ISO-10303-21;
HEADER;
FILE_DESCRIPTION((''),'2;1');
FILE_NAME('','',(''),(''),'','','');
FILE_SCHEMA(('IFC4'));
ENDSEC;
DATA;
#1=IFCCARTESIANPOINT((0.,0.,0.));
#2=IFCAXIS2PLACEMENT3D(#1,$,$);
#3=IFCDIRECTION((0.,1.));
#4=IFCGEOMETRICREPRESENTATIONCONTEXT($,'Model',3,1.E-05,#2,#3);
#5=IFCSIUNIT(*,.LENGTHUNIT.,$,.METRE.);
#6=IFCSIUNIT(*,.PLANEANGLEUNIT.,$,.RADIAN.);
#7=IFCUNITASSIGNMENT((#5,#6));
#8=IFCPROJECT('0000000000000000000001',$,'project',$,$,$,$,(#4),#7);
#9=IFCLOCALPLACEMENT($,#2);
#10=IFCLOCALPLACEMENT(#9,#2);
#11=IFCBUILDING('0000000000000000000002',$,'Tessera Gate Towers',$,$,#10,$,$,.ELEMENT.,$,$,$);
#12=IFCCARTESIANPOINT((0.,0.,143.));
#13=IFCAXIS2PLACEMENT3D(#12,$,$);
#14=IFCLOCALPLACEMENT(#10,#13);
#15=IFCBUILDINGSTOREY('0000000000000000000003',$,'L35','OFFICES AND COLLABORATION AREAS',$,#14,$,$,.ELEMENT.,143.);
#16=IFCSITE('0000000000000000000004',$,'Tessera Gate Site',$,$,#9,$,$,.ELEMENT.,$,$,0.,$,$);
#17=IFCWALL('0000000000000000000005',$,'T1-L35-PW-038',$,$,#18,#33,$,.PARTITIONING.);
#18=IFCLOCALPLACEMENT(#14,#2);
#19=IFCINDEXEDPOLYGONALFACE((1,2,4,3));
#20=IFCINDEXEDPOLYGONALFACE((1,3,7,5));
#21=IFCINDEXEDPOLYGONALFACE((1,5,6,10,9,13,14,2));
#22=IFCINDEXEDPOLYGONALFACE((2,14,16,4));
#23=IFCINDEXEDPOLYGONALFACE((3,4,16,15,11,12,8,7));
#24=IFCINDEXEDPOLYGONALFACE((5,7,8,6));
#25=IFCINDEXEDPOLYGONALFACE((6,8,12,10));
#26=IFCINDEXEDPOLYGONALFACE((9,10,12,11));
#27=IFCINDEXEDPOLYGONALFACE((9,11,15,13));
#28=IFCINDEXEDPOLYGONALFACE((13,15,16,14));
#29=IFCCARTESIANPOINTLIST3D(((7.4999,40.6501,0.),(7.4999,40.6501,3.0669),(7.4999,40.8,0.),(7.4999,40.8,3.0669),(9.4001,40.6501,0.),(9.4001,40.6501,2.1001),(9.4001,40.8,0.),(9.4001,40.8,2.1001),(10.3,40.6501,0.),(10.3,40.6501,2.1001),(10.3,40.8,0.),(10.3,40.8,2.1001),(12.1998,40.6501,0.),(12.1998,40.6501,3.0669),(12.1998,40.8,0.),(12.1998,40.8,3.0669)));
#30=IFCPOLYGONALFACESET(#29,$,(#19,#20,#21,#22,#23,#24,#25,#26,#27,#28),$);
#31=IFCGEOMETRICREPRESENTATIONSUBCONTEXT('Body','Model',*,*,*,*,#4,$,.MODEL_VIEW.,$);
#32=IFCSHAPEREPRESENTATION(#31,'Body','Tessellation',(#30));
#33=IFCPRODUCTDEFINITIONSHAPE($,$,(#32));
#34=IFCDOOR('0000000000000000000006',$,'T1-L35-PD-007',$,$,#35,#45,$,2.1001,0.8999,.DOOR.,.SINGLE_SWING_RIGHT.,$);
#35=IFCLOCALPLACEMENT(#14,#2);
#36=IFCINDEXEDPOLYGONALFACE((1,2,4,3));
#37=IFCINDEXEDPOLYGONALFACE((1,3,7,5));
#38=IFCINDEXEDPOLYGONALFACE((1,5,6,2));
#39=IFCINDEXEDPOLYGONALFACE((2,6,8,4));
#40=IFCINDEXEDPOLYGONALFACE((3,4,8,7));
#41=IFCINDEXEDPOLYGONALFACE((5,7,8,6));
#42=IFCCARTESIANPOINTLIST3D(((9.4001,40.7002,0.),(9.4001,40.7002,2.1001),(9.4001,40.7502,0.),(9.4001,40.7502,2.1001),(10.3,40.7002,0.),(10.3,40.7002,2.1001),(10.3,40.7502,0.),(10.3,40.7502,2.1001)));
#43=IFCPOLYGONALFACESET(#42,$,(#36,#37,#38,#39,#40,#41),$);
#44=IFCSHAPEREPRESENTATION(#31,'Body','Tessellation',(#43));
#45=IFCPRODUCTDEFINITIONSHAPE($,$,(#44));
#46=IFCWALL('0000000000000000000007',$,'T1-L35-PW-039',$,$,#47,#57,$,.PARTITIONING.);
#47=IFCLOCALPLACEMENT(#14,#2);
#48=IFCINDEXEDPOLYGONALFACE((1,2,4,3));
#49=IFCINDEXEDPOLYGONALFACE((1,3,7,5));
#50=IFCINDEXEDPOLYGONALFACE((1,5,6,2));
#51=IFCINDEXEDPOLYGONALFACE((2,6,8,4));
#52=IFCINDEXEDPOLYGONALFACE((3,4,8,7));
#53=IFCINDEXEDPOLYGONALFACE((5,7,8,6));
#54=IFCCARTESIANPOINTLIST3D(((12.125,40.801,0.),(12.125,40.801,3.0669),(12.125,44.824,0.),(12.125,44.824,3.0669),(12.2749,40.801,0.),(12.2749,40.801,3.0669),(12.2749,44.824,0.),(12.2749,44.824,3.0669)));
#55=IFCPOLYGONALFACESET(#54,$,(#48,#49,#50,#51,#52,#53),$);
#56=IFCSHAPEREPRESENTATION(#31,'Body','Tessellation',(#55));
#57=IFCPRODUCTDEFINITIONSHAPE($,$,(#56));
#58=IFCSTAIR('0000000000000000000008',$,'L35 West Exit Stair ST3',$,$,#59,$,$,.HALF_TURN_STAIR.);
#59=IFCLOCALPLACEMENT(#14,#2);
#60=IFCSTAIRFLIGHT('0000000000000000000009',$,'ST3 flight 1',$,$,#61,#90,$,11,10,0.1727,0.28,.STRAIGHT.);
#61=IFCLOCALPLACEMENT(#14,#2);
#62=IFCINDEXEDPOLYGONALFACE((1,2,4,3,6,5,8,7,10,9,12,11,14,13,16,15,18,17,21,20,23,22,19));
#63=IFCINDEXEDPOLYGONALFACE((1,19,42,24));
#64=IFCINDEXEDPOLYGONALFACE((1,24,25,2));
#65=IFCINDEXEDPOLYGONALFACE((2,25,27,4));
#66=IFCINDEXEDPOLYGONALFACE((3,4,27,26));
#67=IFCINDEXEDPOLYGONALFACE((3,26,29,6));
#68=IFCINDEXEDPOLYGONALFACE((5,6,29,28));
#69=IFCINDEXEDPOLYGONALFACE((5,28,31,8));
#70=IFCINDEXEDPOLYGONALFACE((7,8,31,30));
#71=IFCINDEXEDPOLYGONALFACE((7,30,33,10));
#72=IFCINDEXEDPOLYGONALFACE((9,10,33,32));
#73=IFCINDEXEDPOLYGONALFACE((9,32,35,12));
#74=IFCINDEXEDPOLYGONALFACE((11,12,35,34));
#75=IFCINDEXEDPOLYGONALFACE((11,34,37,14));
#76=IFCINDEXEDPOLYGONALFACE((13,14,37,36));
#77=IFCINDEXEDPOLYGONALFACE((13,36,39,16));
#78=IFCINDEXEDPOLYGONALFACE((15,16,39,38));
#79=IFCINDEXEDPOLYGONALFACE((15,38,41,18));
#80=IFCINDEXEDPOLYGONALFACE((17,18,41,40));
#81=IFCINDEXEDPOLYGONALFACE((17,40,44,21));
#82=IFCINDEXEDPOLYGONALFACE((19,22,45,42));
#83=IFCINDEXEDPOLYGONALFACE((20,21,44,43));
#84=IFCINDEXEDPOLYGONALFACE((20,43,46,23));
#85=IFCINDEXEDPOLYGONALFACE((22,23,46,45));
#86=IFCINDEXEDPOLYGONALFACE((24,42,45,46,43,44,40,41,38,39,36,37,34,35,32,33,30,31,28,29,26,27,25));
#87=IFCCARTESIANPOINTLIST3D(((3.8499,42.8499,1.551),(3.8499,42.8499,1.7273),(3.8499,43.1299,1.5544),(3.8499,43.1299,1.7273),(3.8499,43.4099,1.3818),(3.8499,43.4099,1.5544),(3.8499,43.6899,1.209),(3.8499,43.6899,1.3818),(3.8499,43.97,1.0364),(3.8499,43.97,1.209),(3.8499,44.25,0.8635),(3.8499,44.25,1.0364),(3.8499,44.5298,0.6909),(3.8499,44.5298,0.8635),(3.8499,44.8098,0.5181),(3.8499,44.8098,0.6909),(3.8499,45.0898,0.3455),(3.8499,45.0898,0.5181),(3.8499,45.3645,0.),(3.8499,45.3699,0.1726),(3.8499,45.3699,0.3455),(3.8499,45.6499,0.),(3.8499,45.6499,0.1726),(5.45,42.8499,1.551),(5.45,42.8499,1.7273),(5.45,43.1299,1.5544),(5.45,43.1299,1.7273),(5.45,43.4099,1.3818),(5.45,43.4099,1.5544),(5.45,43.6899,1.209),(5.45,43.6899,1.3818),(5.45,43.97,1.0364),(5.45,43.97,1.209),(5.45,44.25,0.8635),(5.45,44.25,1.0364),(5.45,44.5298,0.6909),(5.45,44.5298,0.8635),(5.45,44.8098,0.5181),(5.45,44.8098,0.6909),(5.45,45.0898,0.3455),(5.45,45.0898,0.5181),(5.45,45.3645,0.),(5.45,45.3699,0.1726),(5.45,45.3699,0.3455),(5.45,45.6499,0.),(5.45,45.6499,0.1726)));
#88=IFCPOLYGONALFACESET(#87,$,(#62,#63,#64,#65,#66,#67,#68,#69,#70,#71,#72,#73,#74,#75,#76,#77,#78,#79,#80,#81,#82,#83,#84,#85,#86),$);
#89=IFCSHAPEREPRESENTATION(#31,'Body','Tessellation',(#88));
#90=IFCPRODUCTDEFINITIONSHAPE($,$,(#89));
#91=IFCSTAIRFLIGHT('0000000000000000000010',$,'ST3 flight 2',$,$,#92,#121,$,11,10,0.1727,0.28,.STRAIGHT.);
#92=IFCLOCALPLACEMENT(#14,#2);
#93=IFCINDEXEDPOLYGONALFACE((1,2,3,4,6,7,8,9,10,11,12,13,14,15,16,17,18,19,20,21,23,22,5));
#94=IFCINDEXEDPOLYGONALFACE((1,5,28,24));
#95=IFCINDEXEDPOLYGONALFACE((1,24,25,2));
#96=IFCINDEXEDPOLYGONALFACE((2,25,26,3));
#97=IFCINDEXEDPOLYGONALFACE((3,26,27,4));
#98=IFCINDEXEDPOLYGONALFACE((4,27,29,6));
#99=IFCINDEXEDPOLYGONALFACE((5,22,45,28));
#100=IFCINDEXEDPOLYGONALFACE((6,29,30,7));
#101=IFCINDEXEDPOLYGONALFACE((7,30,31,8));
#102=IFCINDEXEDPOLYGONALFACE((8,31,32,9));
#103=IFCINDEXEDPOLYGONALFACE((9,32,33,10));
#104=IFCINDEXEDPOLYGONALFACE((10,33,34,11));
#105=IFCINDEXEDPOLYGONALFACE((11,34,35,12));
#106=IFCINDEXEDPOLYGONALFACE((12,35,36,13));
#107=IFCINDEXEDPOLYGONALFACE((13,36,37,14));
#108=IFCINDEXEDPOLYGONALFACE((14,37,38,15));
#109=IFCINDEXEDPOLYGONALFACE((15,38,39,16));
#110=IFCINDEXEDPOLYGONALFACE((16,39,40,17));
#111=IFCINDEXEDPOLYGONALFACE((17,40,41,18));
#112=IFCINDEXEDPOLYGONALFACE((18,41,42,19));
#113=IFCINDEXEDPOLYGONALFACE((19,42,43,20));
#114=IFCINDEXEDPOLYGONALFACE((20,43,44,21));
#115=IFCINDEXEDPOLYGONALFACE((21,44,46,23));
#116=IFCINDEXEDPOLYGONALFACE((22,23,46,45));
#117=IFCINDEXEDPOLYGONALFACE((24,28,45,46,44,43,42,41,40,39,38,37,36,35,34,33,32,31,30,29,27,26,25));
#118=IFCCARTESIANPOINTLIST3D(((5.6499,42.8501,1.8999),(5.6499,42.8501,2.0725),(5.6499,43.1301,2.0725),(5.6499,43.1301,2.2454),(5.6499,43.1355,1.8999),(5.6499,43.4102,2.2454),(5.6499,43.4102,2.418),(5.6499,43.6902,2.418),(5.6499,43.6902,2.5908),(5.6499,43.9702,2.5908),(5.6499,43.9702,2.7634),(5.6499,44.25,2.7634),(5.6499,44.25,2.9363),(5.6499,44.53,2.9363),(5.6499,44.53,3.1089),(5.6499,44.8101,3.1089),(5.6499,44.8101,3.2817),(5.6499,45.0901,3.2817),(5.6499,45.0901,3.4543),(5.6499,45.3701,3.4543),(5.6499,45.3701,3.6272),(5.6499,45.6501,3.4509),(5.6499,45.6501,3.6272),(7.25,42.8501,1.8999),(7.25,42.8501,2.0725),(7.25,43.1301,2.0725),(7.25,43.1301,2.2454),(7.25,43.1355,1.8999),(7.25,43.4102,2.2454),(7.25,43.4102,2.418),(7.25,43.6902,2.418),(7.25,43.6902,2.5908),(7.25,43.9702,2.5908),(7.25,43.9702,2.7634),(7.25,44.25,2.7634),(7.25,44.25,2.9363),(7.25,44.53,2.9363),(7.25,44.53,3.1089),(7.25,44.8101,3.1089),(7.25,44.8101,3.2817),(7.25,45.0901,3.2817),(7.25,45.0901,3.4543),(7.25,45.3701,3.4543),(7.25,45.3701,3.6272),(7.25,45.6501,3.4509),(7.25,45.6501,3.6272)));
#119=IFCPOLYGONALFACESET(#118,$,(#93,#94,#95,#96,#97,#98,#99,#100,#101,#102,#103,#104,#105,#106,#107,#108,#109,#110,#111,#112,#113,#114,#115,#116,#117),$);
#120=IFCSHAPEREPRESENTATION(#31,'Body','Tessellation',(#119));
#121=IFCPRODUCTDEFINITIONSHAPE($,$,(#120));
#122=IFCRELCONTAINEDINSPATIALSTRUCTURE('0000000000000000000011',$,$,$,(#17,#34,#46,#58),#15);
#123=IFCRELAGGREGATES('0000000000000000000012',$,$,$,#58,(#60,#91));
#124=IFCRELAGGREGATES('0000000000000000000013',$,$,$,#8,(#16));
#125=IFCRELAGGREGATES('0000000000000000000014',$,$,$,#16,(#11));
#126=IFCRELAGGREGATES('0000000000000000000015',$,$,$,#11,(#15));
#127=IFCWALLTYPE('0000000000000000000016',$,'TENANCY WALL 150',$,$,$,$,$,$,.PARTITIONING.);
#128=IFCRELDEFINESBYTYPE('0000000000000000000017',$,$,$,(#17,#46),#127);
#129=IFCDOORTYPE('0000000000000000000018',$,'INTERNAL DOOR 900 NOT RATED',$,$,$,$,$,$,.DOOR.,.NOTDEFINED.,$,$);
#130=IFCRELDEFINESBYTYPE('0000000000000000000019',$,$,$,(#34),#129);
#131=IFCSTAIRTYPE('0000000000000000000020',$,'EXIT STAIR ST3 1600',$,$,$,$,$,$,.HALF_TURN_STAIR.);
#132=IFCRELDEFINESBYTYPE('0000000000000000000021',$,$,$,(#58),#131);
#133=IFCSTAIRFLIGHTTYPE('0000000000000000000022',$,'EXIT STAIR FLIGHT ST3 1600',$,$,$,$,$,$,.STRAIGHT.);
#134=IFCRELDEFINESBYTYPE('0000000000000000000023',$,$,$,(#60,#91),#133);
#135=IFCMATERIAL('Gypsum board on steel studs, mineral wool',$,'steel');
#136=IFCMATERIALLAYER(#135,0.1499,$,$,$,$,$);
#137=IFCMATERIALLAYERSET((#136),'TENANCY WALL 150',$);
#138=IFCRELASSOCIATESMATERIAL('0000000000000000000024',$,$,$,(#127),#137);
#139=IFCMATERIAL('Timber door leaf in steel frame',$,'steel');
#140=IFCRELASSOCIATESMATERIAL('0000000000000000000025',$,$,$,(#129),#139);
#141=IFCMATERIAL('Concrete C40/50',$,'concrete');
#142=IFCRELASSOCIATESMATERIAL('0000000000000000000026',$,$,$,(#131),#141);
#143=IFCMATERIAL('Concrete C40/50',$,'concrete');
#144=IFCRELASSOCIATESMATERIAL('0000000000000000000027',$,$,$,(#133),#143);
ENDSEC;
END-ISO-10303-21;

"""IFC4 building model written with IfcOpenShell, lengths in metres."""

from ifc_helpers import new_model, si_unit, direction, frame, frame_2d, origin, place, context, subcontext, project, spatial, polyline, rectangle, outline, extrude, source, transform, mapped, material, layer, layer_set, type_object, element, fill, aggregate, save


model = new_model("IFC4")

# Units and contexts
model_context = context("Model", 3, precision=1e-05, world=origin(), true_north=direction((0.0, 1.0)))
body_context = subcontext(model_context, "Body", "Model", "MODEL_VIEW")
ifc_project = project(units=[si_unit("LENGTHUNIT", "METRE"), si_unit("PLANEANGLEUNIT", "RADIAN")], contexts=[model_context])

# Site, building, storey
site_placement = place(None, origin())
site = spatial("IfcSite", under=ifc_project, at=site_placement, Name="Tessera Gate Site", CompositionType="ELEMENT", RefElevation=0.0)
building_placement = place(site_placement, origin())
building = spatial("IfcBuilding", under=site, at=building_placement, Name="Tessera Gate Towers", CompositionType="ELEMENT")
storey_placement = place(building_placement, frame((0.0, 0.0, 143.0)))
storey = spatial("IfcBuildingStorey", under=building, at=storey_placement, Name="L35", Description="OFFICES AND COLLABORATION AREAS", CompositionType="ELEMENT", Elevation=143.0)

# Shared definitions
ifc_material_1 = material(Name="Gypsum board on steel studs, mineral wool", Category="steel")
ifc_layer_1 = layer(ifc_material_1, 0.1499)
ifc_layer_set_1 = layer_set([ifc_layer_1], Name="TENANCY WALL 150")
wall_type_1 = type_object("IfcWallType", Name="TENANCY WALL 150", PredefinedType="PARTITIONING", material=ifc_layer_set_1)

# Wall, opening, door
wall_1_placement = place(storey_placement, frame((12.2, 40.7251, 0.0), z_axis=(0.0, 0.0, 1.0), x_axis=(-1.0, 0.0, 0.0)))
wall_1 = element("IfcWall", 1, at=wall_1_placement, inside=storey, type_object=wall_type_1, Name="T1-L35-PW-038", PredefinedType="PARTITIONING", context=body_context, shape_type="SweptSolid", body=[
    extrude(rectangle(XDim=4.7, YDim=0.1499, at=frame_2d((2.3501, 0.0))), origin(), (0.0, 0.0, 1.0), 3.0669),
])
shared_shape_1 = source(origin(), body_context, "Body", "SweptSolid", [
    extrude(rectangle(XDim=0.8999, YDim=2.1001, at=frame_2d((0.45, 1.05))), frame((0.0, 0.085, 0.0), z_axis=(0.0, -1.0, 0.0), x_axis=(1.0, 0.0, 0.0)), (0.0, 0.0, 1.0), 0.1699),
])
opening_placement = place(wall_1_placement, frame((1.8999, 0.0, 0.0)))
opening = element("IfcOpeningElement", 2, at=opening_placement, cuts=wall_1, PredefinedType="OPENING", context=body_context, shape_type="MappedRepresentation", body=[
    mapped(shared_shape_1, transform((0.0, 0.0, 0.0), scale=1.0)),
])
ifc_material_2 = material(Name="Timber door leaf in steel frame", Category="steel")
door_type = type_object("IfcDoorType", Name="INTERNAL DOOR 900 NOT RATED", OperationType="NOTDEFINED", PredefinedType="DOOR", material=ifc_material_2)
shared_shape_2 = source(origin(), body_context, "Body", "SweptSolid", [
    extrude(rectangle(XDim=0.8999, YDim=2.1001, at=frame_2d((0.45, 1.05))), frame((0.0, 0.0249, 0.0), z_axis=(0.0, -1.0, 0.0), x_axis=(1.0, 0.0, 0.0)), (0.0, 0.0, 1.0), 0.05),
])
door_placement = place(opening_placement, origin())
door = element("IfcDoor", 3, at=door_placement, inside=storey, type_object=door_type, Name="T1-L35-PD-007", OperationType="SINGLE_SWING_RIGHT", OverallHeight=2.1001, OverallWidth=0.8999, PredefinedType="DOOR", context=body_context, shape_type="MappedRepresentation", body=[
    mapped(shared_shape_2, transform((0.0, 0.0, 0.0), scale=1.0)),
])
fill(opening, door)

# Wall
wall_2_placement = place(storey_placement, frame((12.2, 40.801, 0.0), z_axis=(0.0, 0.0, 1.0), x_axis=(0.0, 1.0, 0.0)))
element("IfcWall", 4, at=wall_2_placement, inside=storey, type_object=wall_type_1, Name="T1-L35-PW-039", PredefinedType="PARTITIONING", context=body_context, shape_type="SweptSolid", body=[
    extrude(rectangle(XDim=4.0229, YDim=0.1499, at=frame_2d((2.0115, 0.0))), origin(), (0.0, 0.0, 1.0), 3.0669),
])

# Stair, stair flights
ifc_material_3 = material(Name="Concrete C40/50", Category="concrete")
stair_type = type_object("IfcStairType", Name="EXIT STAIR ST3 1600", PredefinedType="HALF_TURN_STAIR", material=ifc_material_3)
stair_placement = place(storey_placement, origin())
stair = element("IfcStair", 5, at=stair_placement, inside=storey, type_object=stair_type, Name="L35 West Exit Stair ST3", PredefinedType="HALF_TURN_STAIR")
ifc_material_4 = material(Name="Concrete C40/50", Category="concrete")
stair_flight_type = type_object("IfcStairFlightType", Name="EXIT STAIR FLIGHT ST3 1600", PredefinedType="STRAIGHT", material=ifc_material_4)
stair_flight_1_placement = place(storey_placement, frame((4.6499, 45.6499, 0.0), z_axis=(0.0, 0.0, 1.0), x_axis=(0.0, -1.0, 0.0)))
stair_flight_1 = element("IfcStairFlight", 6, at=stair_flight_1_placement, type_object=stair_flight_type, Name="ST3 flight 1", NumberOfRisers=11, NumberOfTreads=10, PredefinedType="STRAIGHT", RiserHeight=0.1727, TreadLength=0.28, context=body_context, shape_type="SweptSolid", body=[
    extrude(outline(polyline([(0.0, 0.0), (0.0, 0.1726), (0.28, 0.1726), (0.28, 0.3455), (0.5601, 0.3455), (0.5601, 0.5181), (0.8401, 0.5181), (0.8401, 0.6909), (1.1201, 0.6909), (1.1201, 0.8635), (1.3999, 0.8635), (1.3999, 1.0364), (1.6799, 1.0364), (1.6799, 1.209), (1.96, 1.209), (1.96, 1.3818), (2.24, 1.3818), (2.24, 1.5544), (2.52, 1.5544), (2.52, 1.7273), (2.8, 1.7273), (2.8, 1.8999), (2.8, 1.551), (0.2854, 0.0), (0.0, 0.0)])), frame((0.0, 0.8, 0.0), z_axis=(0.0, -1.0, 0.0), x_axis=(1.0, 0.0, 0.0)), (0.0, 0.0, 1.0), 1.6001),
])
stair_flight_2_placement = place(storey_placement, frame((6.45, 42.8501, 1.8999), z_axis=(0.0, 0.0, 1.0), x_axis=(0.0, 1.0, 0.0)))
stair_flight_2 = element("IfcStairFlight", 7, at=stair_flight_2_placement, type_object=stair_flight_type, Name="ST3 flight 2", NumberOfRisers=11, NumberOfTreads=10, PredefinedType="STRAIGHT", RiserHeight=0.1727, TreadLength=0.28, context=body_context, shape_type="SweptSolid", body=[
    extrude(outline(polyline([(0.0, 0.0), (0.0, 0.1726), (0.28, 0.1726), (0.28, 0.3455), (0.5601, 0.3455), (0.5601, 0.5181), (0.8401, 0.5181), (0.8401, 0.6909), (1.1201, 0.6909), (1.1201, 0.8635), (1.3999, 0.8635), (1.3999, 1.0364), (1.6799, 1.0364), (1.6799, 1.209), (1.96, 1.209), (1.96, 1.3818), (2.24, 1.3818), (2.24, 1.5544), (2.52, 1.5544), (2.52, 1.7273), (2.8, 1.7273), (2.8, 1.8999), (2.8, 1.551), (0.2854, 0.0), (0.0, 0.0)])), frame((0.0, 0.8, 0.0), z_axis=(0.0, -1.0, 0.0), x_axis=(1.0, 0.0, 0.0)), (0.0, 0.0, 1.0), 1.6001),
])
aggregate(stair, [stair_flight_1, stair_flight_2])

save(model, "model.ifc")
